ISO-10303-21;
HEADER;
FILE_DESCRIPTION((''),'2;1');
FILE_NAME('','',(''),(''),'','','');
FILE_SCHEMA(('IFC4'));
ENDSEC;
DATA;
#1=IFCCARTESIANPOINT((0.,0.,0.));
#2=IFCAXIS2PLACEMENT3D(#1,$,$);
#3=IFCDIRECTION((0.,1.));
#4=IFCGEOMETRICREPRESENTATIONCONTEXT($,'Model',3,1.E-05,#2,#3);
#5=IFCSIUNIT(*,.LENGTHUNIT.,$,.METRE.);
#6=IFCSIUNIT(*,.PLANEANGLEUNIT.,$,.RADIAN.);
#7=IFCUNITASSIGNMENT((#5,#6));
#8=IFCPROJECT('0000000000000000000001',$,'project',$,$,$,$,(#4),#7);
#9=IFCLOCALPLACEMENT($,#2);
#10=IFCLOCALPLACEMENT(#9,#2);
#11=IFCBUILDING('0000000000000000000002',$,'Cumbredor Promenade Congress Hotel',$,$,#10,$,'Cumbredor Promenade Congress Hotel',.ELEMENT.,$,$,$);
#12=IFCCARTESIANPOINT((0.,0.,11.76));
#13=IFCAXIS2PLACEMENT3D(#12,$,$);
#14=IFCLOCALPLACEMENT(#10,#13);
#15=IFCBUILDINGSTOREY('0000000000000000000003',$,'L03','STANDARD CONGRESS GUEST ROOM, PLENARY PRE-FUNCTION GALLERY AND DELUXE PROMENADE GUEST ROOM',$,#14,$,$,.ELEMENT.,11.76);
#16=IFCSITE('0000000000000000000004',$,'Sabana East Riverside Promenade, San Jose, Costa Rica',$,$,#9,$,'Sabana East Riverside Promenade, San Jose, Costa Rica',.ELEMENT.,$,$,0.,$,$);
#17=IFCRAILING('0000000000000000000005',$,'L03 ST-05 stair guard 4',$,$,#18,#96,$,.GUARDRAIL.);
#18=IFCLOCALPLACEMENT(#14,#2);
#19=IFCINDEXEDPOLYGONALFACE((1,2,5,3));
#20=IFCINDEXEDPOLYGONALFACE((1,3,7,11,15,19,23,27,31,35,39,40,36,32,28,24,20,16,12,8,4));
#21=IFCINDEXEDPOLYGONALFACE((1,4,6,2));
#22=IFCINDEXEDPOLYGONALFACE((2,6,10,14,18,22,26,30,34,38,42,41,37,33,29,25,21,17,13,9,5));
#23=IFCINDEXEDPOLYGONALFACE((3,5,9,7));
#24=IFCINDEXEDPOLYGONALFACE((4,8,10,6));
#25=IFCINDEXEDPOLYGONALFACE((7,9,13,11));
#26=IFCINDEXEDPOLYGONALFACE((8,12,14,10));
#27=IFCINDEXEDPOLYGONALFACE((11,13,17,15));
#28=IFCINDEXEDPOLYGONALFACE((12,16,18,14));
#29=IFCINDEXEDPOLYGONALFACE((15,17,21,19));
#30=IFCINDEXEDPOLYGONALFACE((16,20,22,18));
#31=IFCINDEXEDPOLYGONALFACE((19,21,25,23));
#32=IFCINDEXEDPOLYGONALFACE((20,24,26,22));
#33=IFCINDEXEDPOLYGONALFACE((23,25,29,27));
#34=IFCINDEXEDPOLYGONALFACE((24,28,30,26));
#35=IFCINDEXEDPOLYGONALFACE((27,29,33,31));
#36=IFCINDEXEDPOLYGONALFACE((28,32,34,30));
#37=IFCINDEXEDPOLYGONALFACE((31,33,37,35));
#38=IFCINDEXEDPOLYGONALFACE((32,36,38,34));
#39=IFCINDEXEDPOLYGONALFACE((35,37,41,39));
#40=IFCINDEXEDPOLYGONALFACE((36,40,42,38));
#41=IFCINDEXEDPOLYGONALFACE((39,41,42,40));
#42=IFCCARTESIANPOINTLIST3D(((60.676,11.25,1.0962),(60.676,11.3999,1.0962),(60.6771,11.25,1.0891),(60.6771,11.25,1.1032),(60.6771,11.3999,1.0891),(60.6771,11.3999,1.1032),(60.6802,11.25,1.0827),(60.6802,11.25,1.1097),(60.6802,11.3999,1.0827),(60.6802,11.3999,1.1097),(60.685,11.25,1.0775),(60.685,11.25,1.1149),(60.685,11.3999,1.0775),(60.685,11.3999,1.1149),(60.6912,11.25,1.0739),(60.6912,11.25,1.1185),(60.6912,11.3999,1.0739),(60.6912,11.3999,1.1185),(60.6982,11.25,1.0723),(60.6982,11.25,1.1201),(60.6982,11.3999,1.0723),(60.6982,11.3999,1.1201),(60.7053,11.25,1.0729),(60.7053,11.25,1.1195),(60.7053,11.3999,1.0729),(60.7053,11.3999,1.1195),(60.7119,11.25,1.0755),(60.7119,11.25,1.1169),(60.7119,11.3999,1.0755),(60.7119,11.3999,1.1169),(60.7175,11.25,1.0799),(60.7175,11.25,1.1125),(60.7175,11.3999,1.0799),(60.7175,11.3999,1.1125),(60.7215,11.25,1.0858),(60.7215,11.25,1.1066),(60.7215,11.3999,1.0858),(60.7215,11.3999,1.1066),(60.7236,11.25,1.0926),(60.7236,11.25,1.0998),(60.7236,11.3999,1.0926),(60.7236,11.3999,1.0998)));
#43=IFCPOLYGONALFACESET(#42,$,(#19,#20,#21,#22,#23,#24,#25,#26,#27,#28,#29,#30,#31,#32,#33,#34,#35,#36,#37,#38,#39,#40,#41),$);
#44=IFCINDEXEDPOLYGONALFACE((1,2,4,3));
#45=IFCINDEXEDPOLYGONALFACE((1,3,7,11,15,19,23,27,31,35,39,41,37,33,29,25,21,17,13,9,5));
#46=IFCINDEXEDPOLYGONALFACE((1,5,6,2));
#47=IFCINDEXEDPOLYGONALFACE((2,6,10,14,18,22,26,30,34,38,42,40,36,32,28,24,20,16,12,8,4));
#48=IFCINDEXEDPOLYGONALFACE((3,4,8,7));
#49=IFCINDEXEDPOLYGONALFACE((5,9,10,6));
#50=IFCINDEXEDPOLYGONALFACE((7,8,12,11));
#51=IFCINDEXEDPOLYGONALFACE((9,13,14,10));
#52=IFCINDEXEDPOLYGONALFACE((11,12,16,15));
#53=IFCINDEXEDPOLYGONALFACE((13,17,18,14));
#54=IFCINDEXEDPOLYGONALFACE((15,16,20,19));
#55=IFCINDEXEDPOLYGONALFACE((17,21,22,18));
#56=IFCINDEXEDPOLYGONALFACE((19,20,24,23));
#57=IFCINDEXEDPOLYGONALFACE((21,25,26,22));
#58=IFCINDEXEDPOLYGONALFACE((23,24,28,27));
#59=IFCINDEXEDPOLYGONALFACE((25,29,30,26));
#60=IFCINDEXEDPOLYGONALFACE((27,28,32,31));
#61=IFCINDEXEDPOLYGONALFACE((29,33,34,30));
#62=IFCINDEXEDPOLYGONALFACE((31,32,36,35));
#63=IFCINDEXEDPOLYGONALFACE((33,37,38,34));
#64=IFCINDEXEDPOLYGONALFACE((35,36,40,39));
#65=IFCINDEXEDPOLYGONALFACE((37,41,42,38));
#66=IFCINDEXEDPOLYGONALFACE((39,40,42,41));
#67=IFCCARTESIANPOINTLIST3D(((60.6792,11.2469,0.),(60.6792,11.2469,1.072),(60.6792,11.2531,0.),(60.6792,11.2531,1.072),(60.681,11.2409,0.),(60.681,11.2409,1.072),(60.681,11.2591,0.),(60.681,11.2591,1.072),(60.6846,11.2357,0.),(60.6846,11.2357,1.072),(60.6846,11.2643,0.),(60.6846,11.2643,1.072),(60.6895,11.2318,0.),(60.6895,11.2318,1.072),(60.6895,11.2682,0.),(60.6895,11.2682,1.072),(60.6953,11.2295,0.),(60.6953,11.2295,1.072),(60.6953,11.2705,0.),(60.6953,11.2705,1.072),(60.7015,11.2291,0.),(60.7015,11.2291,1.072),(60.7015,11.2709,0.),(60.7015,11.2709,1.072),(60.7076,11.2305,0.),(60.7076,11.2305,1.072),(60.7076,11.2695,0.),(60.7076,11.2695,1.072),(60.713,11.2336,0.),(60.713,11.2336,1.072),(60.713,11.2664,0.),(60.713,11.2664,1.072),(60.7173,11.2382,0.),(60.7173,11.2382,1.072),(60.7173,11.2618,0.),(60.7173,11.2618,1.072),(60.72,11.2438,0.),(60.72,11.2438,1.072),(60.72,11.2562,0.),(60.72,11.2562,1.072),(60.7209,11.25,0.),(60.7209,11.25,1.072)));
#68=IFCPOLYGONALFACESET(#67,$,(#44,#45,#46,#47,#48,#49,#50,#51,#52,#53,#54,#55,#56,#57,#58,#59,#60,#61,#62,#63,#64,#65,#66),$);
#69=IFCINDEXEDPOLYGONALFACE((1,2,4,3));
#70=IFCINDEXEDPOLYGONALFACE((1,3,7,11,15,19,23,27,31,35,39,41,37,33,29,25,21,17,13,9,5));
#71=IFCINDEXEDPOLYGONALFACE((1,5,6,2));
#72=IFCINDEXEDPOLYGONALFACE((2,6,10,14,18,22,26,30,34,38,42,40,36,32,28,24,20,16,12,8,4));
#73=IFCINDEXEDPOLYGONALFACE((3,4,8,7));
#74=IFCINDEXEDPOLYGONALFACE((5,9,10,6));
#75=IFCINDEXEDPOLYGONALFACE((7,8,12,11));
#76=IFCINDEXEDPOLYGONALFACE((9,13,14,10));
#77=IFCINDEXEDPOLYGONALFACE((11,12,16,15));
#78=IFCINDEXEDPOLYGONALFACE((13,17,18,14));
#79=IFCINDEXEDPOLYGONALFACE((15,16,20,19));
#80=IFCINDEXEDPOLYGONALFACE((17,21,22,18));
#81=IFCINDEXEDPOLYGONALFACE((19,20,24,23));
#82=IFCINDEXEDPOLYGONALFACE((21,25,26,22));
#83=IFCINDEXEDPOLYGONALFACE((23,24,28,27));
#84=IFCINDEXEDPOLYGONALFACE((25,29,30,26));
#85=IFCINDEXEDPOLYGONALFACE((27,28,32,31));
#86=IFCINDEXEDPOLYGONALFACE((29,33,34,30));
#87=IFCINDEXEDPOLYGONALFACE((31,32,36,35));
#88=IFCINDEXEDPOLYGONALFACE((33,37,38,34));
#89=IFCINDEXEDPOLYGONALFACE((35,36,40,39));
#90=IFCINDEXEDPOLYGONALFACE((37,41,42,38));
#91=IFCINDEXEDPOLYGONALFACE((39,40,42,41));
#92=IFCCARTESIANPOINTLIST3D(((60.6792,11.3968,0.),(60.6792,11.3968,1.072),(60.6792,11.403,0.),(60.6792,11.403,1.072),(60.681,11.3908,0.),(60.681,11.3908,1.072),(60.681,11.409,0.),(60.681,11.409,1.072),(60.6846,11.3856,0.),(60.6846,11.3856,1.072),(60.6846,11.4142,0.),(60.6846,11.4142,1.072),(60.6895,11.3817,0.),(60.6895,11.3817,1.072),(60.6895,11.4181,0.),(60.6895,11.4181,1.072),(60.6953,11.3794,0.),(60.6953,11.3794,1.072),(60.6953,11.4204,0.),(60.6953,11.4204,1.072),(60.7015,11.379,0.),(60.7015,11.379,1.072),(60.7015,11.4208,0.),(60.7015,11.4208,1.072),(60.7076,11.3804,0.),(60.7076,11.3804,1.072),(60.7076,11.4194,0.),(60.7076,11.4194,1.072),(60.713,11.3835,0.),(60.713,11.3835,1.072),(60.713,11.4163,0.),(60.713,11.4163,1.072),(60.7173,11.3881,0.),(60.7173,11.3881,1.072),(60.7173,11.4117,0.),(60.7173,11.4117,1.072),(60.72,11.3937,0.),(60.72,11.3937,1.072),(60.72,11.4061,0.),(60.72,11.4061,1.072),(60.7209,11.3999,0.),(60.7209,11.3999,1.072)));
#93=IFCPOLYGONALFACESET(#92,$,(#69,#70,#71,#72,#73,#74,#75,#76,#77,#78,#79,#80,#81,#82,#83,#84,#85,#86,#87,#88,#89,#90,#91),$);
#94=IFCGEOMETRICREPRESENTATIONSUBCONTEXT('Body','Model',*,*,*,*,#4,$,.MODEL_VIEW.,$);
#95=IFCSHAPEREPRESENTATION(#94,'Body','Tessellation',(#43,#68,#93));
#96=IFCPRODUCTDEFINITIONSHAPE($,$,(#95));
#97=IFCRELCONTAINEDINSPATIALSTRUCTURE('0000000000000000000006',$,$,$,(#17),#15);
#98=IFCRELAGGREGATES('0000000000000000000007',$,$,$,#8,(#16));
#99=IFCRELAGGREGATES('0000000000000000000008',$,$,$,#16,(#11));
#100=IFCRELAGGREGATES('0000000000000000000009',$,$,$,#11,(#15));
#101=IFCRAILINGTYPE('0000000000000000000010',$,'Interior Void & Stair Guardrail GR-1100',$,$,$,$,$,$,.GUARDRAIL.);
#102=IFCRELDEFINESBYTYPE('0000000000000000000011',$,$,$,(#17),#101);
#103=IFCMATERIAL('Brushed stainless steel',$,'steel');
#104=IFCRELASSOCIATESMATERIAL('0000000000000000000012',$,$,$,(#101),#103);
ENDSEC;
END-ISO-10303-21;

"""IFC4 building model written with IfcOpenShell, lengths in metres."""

from ifc_helpers import new_model, si_unit, direction, frame, origin, origin_2d, place, context, subcontext, project, spatial, circle, extrude, material, type_object, element, save


model = new_model("IFC4")

# Units and contexts
model_context = context("Model", 3, precision=1e-05, world=origin(), true_north=direction((0.0, 1.0)))
body_context = subcontext(model_context, "Body", "Model", "MODEL_VIEW")
ifc_project = project(units=[si_unit("LENGTHUNIT", "METRE"), si_unit("PLANEANGLEUNIT", "RADIAN")], contexts=[model_context])

# Site, building, storey
site_placement = place(None, origin())
site = spatial("IfcSite", under=ifc_project, at=site_placement, Name="Sabana East Riverside Promenade, San Jose, Costa Rica", LongName="Sabana East Riverside Promenade, San Jose, Costa Rica", CompositionType="ELEMENT", RefElevation=0.0)
building_placement = place(site_placement, origin())
building = spatial("IfcBuilding", under=site, at=building_placement, Name="Cumbredor Promenade Congress Hotel", LongName="Cumbredor Promenade Congress Hotel", CompositionType="ELEMENT")
storey_placement = place(building_placement, frame((0.0, 0.0, 11.76)))
storey = spatial("IfcBuildingStorey", under=building, at=storey_placement, Name="L03", Description="STANDARD CONGRESS GUEST ROOM, PLENARY PRE-FUNCTION GALLERY AND DELUXE PROMENADE GUEST ROOM", CompositionType="ELEMENT", Elevation=11.76)

# Railing
ifc_material_1 = material(Name="Brushed stainless steel", Category="steel")
railing_type_1 = type_object("IfcRailingType", Name="Interior Void & Stair Guardrail GR-1100", PredefinedType="GUARDRAIL", material=ifc_material_1)
railing_1_placement = place(storey_placement, frame((60.7, 11.25, 0.0)))
element("IfcRailing", 1, at=railing_1_placement, inside=storey, type_object=railing_type_1, Name="L03 ST-05 stair guard 4", PredefinedType="GUARDRAIL", context=body_context, shape_type="SweptSolid", body=[
    extrude(circle(Radius=0.0239, at=origin_2d()), frame((0.0, 0.0, 1.0962), z_axis=(0.0, 1.0, 0.0), x_axis=(-1.0, 0.0, 0.0)), (0.0, 0.0, 1.0), 0.1499),
    extrude(circle(Radius=0.021, at=origin_2d()), origin(), (0.0, 0.0, 1.0), 1.072),
    extrude(circle(Radius=0.021, at=origin_2d()), frame((0.0, 0.1499, 0.0)), (0.0, 0.0, 1.0), 1.072),
])

save(model, "model.ifc")
